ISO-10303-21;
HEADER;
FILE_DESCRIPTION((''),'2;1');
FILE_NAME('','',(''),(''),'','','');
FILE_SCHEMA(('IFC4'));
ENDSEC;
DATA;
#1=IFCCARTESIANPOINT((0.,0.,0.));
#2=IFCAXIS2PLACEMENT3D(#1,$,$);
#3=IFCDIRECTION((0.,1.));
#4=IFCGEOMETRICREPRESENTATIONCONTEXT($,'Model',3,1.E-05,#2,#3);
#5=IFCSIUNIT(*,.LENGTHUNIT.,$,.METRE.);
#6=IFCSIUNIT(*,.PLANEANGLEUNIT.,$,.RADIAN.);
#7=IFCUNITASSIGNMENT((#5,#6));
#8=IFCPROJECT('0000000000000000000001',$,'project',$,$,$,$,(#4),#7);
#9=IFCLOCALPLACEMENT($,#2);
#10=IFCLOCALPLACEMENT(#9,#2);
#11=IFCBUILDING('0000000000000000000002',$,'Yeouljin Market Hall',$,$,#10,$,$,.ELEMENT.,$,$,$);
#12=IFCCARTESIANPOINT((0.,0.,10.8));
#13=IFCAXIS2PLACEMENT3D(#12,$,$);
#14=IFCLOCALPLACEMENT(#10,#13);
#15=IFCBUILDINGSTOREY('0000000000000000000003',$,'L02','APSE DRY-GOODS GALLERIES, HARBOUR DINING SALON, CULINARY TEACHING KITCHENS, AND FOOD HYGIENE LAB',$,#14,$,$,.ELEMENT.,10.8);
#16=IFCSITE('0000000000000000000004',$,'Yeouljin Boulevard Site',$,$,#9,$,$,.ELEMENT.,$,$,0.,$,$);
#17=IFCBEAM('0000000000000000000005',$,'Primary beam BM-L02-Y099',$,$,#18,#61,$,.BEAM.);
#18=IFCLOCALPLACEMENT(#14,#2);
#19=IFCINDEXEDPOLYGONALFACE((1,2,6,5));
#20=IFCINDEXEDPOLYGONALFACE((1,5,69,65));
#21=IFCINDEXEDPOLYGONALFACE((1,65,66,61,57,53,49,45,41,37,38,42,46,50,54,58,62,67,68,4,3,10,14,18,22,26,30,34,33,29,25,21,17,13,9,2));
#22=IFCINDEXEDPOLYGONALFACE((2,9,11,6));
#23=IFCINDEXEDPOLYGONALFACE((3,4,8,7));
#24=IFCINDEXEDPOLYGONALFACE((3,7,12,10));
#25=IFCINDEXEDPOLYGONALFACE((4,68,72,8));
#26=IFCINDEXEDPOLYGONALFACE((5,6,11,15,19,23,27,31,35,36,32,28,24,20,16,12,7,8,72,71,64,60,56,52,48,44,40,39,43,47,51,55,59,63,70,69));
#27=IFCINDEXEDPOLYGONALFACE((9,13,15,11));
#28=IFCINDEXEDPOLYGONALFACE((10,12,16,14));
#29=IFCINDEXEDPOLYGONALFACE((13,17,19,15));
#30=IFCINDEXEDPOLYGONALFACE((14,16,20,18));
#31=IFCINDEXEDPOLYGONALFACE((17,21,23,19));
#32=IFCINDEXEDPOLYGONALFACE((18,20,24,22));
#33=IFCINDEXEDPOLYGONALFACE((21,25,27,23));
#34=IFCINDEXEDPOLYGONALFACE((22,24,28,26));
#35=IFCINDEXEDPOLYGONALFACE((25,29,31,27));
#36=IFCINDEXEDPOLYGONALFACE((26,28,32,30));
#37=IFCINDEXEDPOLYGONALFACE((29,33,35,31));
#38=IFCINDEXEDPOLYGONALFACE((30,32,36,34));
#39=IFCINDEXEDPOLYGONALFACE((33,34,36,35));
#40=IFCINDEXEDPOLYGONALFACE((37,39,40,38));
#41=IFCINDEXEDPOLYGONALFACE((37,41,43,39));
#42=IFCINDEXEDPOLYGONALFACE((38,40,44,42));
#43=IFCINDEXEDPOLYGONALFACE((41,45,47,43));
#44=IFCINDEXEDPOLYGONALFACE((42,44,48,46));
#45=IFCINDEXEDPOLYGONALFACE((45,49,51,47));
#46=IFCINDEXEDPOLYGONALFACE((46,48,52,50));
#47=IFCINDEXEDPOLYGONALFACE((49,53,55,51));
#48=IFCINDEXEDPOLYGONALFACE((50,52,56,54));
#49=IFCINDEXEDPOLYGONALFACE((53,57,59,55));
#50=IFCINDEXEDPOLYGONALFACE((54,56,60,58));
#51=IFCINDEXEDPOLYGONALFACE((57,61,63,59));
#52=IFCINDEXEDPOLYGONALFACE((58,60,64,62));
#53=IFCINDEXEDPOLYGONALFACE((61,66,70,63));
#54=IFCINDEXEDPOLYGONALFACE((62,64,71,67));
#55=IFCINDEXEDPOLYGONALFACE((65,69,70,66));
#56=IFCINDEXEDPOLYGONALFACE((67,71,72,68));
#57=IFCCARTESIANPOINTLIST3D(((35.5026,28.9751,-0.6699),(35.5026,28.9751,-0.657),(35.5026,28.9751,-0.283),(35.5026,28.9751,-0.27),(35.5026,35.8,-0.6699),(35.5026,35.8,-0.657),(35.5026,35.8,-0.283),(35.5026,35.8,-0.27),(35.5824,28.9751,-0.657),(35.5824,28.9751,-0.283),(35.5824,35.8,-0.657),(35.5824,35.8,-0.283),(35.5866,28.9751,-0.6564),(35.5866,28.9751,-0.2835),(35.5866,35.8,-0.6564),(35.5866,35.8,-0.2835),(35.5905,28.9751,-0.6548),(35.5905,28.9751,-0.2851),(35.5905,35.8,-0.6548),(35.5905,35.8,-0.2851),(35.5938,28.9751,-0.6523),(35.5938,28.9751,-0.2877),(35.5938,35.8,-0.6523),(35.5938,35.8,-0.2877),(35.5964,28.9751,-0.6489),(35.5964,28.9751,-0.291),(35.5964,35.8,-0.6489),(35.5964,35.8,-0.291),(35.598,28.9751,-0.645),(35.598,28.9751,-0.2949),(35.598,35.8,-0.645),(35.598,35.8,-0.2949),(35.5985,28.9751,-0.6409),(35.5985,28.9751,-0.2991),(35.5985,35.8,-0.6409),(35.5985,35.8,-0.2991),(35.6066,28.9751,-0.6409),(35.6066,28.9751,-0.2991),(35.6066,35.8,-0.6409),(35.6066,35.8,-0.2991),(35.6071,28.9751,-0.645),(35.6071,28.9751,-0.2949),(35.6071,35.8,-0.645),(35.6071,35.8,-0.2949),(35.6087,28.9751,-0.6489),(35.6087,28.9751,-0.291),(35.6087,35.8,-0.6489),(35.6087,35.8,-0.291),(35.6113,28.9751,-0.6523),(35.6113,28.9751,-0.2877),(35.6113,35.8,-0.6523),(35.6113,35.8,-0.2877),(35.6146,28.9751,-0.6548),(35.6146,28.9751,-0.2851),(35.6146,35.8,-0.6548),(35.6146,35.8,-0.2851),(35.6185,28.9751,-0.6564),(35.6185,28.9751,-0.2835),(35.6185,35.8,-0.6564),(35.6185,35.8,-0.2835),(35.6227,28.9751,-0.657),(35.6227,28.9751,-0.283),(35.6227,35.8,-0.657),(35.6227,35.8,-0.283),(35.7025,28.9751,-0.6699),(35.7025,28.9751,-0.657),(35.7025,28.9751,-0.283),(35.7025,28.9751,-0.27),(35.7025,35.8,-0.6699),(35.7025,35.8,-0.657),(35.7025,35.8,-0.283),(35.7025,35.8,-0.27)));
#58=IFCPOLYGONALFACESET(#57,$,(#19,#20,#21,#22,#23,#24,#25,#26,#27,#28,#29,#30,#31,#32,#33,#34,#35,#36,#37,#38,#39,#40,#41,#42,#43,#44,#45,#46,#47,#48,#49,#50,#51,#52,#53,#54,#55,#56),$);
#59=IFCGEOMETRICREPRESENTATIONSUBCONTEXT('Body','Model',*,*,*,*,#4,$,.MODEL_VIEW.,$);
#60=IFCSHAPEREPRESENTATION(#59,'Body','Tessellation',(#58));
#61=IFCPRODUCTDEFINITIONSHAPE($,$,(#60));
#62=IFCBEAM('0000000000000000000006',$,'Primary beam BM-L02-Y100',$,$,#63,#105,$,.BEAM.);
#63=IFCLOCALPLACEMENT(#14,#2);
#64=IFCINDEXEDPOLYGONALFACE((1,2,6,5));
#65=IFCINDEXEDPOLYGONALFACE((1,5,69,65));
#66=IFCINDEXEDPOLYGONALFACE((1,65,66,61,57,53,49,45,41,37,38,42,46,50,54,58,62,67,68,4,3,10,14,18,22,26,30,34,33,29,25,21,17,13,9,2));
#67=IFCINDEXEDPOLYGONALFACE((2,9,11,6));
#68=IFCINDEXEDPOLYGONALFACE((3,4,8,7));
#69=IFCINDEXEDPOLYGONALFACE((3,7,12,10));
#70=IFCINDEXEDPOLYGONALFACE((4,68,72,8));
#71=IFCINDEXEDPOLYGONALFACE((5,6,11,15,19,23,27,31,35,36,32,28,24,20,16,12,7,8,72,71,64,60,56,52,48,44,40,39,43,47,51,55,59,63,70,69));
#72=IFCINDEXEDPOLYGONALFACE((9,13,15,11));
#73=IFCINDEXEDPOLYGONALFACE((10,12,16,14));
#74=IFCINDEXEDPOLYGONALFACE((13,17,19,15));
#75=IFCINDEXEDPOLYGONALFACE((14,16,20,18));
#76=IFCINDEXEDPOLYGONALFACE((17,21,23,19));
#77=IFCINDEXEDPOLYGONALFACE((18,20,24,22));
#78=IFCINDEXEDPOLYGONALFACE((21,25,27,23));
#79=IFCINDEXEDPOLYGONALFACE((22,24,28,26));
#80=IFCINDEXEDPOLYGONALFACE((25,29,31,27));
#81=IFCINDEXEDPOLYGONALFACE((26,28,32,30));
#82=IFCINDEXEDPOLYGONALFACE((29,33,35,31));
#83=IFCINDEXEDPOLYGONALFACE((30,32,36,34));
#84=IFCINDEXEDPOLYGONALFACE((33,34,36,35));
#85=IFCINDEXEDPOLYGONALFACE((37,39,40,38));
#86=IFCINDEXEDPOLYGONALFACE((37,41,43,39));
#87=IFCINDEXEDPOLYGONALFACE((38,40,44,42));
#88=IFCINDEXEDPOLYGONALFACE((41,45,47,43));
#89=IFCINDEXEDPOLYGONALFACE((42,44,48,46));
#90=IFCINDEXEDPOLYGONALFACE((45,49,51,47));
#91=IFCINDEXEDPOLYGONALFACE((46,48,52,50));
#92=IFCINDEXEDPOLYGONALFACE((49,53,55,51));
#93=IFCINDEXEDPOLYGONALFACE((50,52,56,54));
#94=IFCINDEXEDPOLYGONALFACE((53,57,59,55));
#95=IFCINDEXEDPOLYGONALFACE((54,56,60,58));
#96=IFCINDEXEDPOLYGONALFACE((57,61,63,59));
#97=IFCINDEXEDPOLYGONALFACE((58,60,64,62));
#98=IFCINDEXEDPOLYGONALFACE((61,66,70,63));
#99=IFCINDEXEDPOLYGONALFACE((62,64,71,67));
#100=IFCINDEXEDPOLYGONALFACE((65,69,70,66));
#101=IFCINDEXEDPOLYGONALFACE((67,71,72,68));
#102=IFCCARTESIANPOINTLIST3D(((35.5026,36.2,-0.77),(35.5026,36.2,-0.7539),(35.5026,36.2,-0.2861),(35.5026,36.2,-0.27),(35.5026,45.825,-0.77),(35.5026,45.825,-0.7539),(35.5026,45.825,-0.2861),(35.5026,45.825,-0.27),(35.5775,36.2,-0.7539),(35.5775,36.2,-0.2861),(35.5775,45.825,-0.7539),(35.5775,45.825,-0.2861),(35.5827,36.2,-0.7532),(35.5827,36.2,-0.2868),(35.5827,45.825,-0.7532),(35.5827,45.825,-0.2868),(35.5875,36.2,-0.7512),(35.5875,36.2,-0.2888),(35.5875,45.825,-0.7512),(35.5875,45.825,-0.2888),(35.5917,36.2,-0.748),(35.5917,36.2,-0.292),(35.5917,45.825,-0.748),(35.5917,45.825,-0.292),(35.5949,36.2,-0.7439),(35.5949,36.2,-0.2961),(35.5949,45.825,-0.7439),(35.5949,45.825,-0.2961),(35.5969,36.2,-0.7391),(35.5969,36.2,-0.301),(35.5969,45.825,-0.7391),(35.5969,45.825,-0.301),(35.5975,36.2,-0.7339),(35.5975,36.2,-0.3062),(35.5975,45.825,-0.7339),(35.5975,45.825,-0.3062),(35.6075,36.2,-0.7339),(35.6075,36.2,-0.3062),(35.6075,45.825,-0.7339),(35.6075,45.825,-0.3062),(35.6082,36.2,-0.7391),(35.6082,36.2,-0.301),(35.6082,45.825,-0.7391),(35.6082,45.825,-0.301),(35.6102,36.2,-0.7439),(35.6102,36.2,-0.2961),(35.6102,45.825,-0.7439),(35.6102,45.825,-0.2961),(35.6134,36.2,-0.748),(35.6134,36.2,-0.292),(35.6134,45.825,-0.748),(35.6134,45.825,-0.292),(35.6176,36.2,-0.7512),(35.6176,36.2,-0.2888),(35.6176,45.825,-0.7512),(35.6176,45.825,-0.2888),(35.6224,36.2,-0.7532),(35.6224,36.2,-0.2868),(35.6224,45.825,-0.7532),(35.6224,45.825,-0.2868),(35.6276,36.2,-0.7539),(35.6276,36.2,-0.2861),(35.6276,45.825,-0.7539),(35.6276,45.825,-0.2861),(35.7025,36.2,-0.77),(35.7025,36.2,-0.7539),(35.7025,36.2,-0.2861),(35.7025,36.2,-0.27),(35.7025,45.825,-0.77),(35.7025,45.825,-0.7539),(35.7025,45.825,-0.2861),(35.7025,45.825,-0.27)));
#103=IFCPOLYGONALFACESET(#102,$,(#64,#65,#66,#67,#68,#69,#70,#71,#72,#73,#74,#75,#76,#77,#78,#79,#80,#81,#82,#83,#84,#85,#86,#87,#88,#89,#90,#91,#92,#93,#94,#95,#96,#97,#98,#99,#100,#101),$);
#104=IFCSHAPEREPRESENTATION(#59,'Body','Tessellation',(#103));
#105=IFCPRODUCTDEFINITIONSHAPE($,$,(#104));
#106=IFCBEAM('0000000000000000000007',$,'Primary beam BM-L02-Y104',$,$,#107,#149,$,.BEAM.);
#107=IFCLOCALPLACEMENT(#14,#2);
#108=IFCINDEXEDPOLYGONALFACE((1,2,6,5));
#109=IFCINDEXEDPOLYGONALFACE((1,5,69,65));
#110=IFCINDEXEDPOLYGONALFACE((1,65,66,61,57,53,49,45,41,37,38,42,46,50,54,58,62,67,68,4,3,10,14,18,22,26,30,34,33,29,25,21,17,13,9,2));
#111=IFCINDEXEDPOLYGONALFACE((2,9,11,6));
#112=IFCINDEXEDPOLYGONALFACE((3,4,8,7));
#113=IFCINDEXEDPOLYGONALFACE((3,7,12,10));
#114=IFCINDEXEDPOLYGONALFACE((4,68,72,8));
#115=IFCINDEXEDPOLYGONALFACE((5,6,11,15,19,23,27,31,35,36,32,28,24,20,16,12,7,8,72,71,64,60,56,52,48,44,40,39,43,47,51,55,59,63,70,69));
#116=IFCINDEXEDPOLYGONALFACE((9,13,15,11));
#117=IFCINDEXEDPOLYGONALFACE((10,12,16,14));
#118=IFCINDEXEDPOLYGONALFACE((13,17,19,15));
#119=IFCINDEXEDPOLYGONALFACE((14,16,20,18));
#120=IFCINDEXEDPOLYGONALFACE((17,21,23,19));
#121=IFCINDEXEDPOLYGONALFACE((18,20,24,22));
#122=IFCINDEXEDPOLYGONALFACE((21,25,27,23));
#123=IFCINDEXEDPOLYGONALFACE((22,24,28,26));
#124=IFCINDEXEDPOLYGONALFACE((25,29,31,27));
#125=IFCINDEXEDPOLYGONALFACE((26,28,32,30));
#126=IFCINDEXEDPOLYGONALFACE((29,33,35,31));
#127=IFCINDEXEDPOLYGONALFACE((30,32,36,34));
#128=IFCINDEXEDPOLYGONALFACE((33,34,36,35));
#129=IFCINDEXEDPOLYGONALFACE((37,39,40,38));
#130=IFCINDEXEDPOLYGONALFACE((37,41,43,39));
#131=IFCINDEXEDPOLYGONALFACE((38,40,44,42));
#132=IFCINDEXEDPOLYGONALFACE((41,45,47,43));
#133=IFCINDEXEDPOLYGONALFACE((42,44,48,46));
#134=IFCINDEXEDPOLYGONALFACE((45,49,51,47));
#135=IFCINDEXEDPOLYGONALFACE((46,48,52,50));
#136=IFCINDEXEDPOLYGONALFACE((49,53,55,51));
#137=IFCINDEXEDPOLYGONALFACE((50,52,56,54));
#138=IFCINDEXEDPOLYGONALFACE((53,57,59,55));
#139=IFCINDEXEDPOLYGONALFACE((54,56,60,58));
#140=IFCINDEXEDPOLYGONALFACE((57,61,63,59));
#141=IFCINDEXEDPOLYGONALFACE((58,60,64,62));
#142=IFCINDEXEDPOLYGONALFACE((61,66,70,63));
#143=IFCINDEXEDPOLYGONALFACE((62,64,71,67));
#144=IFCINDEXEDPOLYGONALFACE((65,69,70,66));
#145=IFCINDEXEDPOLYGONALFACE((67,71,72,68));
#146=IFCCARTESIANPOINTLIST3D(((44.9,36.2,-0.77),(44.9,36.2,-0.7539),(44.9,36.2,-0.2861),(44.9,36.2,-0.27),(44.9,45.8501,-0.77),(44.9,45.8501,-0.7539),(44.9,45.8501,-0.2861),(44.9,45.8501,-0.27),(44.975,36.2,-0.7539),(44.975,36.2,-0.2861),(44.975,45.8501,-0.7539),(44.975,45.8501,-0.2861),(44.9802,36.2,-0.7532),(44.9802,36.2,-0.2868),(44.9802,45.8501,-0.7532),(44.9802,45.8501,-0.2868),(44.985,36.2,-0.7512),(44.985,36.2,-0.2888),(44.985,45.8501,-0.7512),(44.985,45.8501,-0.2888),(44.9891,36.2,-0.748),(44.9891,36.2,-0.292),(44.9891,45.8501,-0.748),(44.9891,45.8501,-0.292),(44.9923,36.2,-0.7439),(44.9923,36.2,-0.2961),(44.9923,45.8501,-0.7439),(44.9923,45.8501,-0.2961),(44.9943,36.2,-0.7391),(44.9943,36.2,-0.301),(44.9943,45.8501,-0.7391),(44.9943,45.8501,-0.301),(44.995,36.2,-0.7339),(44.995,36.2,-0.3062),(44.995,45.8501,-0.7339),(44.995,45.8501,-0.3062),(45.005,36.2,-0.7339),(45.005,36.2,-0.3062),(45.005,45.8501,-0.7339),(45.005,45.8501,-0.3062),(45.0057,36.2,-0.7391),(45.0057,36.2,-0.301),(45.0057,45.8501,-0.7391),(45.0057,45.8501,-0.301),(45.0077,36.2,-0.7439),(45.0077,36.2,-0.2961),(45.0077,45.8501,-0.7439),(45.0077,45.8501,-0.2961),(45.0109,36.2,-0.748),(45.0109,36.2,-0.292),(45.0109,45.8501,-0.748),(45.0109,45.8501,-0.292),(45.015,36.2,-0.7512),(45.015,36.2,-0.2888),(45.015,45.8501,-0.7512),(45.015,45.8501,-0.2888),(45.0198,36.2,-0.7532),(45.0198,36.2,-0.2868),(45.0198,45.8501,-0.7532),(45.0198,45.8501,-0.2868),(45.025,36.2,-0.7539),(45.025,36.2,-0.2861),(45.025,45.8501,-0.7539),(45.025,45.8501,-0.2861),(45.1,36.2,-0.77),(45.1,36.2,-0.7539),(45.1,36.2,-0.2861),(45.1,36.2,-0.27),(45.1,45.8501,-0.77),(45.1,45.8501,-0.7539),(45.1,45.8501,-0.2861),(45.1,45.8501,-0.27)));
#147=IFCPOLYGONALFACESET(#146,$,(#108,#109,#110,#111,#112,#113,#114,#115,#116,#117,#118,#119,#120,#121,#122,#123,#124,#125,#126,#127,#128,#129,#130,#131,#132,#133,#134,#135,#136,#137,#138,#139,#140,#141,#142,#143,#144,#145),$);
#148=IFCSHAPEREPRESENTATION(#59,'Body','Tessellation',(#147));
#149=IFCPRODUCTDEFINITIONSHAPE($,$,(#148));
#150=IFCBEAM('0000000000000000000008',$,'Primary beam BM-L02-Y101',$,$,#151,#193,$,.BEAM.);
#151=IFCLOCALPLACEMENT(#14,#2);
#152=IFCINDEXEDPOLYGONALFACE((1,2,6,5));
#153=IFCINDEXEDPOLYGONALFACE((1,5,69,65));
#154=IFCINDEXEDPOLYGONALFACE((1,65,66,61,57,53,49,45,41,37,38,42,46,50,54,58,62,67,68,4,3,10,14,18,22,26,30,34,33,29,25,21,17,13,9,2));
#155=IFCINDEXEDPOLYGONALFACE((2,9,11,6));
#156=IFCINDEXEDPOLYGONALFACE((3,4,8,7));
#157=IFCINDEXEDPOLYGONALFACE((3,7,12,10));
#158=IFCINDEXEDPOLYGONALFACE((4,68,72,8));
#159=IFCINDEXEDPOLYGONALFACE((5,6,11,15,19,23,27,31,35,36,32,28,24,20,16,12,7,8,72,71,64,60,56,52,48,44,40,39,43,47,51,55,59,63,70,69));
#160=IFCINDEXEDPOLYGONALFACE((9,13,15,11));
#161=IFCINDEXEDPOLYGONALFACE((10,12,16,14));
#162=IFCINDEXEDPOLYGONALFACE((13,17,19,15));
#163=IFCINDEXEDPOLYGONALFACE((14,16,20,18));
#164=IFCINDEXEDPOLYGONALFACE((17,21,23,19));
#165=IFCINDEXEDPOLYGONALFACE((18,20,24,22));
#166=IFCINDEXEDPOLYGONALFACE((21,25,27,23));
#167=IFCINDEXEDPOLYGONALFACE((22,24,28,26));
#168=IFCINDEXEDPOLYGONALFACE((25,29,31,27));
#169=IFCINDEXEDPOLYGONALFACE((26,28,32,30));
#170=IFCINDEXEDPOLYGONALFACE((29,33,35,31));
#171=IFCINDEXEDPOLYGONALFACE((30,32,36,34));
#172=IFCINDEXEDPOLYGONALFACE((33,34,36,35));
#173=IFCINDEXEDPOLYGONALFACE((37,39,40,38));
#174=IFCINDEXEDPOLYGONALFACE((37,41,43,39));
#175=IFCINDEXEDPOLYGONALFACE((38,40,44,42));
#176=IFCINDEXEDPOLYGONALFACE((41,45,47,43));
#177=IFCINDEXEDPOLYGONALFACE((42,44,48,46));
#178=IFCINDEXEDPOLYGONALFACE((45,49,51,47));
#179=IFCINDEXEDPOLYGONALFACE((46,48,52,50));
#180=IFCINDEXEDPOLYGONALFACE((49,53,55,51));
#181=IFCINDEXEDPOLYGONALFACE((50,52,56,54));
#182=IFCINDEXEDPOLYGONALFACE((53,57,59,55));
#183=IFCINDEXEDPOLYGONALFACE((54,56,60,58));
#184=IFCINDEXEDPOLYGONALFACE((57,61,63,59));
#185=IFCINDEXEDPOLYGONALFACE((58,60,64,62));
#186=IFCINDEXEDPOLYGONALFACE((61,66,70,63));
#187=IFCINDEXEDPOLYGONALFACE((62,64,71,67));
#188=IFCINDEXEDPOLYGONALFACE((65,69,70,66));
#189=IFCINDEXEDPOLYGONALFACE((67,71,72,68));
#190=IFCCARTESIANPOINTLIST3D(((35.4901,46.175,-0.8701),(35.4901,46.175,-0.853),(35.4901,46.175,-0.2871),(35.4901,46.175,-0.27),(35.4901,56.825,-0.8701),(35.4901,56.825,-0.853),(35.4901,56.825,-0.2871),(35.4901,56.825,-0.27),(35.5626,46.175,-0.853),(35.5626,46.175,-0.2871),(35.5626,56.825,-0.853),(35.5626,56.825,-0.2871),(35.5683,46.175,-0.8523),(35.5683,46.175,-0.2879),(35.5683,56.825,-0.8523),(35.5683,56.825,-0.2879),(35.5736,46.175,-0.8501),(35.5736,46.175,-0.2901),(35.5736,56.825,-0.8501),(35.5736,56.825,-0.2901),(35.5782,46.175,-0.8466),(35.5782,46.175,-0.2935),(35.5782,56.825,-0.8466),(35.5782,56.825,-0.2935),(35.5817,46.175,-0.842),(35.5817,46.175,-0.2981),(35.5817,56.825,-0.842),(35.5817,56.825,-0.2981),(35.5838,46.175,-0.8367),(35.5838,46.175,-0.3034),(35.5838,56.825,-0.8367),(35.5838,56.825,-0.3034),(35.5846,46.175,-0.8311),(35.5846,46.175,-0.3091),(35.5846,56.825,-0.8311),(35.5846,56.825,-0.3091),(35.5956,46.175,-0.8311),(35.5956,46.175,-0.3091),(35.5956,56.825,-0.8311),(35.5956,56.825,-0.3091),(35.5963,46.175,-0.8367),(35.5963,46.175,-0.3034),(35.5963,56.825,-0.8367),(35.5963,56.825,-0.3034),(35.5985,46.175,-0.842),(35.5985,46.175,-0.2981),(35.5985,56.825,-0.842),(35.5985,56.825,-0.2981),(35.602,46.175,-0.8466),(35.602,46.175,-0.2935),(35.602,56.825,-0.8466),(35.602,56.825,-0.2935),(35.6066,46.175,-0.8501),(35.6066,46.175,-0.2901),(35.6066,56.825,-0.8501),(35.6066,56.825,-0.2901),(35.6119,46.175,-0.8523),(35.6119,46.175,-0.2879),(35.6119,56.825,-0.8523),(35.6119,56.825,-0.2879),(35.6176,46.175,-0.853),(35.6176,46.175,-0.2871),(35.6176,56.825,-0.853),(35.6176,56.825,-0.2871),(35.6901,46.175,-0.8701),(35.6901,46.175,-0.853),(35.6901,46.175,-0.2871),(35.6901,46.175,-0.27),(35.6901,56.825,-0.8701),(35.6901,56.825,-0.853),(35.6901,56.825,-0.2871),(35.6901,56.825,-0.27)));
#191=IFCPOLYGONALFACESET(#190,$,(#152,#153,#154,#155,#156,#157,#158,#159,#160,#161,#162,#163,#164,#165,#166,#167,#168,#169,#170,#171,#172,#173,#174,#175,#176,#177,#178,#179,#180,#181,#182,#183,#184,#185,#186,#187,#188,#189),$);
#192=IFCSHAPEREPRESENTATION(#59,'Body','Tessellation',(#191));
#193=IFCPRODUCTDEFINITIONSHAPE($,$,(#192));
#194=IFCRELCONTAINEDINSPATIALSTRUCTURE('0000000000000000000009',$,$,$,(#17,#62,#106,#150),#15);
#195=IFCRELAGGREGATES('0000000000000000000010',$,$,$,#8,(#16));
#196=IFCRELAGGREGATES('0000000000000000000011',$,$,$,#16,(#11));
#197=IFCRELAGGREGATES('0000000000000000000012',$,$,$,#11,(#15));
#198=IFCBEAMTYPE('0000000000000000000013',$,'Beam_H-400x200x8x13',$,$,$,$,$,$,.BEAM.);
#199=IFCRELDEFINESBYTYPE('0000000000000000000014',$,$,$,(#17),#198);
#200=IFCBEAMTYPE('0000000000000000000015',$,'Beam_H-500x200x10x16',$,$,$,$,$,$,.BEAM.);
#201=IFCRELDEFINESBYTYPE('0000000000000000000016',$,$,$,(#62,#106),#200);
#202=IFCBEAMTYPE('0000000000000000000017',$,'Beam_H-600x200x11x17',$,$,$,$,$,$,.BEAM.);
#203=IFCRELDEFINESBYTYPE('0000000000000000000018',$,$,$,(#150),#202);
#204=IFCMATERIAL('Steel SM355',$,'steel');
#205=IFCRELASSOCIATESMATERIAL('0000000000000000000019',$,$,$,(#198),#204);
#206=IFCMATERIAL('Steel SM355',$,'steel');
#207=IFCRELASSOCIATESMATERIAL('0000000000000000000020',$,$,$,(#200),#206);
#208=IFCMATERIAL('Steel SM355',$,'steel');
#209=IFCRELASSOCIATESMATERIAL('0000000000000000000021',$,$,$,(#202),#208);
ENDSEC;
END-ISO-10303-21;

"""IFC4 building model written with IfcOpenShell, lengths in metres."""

from ifc_helpers import new_model, si_unit, direction, frame, origin, origin_2d, place, context, subcontext, project, spatial, i_section, extrude, material, material_profile, profile_set, type_object, element, save


model = new_model("IFC4")

# Units and contexts
model_context = context("Model", 3, precision=1e-05, world=origin(), true_north=direction((0.0, 1.0)))
body_context = subcontext(model_context, "Body", "Model", "MODEL_VIEW")
ifc_project = project(units=[si_unit("LENGTHUNIT", "METRE"), si_unit("PLANEANGLEUNIT", "RADIAN")], contexts=[model_context])

# Site, building, storey
site_placement = place(None, origin())
site = spatial("IfcSite", under=ifc_project, at=site_placement, Name="Yeouljin Boulevard Site", CompositionType="ELEMENT", RefElevation=0.0)
building_placement = place(site_placement, origin())
building = spatial("IfcBuilding", under=site, at=building_placement, Name="Yeouljin Market Hall", CompositionType="ELEMENT")
storey_placement = place(building_placement, frame((0.0, 0.0, 10.8)))
storey = spatial("IfcBuildingStorey", under=building, at=storey_placement, Name="L02", Description="APSE DRY-GOODS GALLERIES, HARBOUR DINING SALON, CULINARY TEACHING KITCHENS, AND FOOD HYGIENE LAB", CompositionType="ELEMENT", Elevation=10.8)

# Beams
ifc_material_1 = material(Name="Steel SM355", Category="steel")
ifc_material_profile_1 = material_profile(ifc_material_1, i_section(OverallWidth=0.2, OverallDepth=0.3999, WebThickness=0.0081, FlangeThickness=0.0129, FilletRadius=0.0161, at=origin_2d()), Name="H-400x200x8x13")
ifc_profile_set_1 = profile_set([ifc_material_profile_1], Name="Steel SM355")
beam_type_1 = type_object("IfcBeamType", Name="Beam_H-400x200x8x13", PredefinedType="BEAM", material=ifc_profile_set_1)
beam_1_placement = place(storey_placement, frame((35.6025, 28.9751, -0.47), z_axis=(0.0, 1.0, 0.0), x_axis=(-1.0, 0.0, 0.0)))
element("IfcBeam", 1, at=beam_1_placement, inside=storey, type_object=beam_type_1, Name="Primary beam BM-L02-Y099", PredefinedType="BEAM", context=body_context, shape_type="SweptSolid", body=[
    extrude(i_section(OverallWidth=0.2, OverallDepth=0.3999, WebThickness=0.0081, FlangeThickness=0.0129, FilletRadius=0.0161, at=origin_2d()), origin(), (0.0, 0.0, 1.0), 6.825),
])
ifc_material_2 = material(Name="Steel SM355", Category="steel")
ifc_material_profile_2 = material_profile(ifc_material_2, i_section(OverallWidth=0.2, OverallDepth=0.5, WebThickness=0.01, FlangeThickness=0.0161, FilletRadius=0.02, at=origin_2d()), Name="H-500x200x10x16")
ifc_profile_set_2 = profile_set([ifc_material_profile_2], Name="Steel SM355")
beam_type_2 = type_object("IfcBeamType", Name="Beam_H-500x200x10x16", PredefinedType="BEAM", material=ifc_profile_set_2)
beam_2_placement = place(storey_placement, frame((35.6025, 36.2, -0.52), z_axis=(0.0, 1.0, 0.0), x_axis=(-1.0, 0.0, 0.0)))
element("IfcBeam", 2, at=beam_2_placement, inside=storey, type_object=beam_type_2, Name="Primary beam BM-L02-Y100", PredefinedType="BEAM", context=body_context, shape_type="SweptSolid", body=[
    extrude(i_section(OverallWidth=0.2, OverallDepth=0.5, WebThickness=0.01, FlangeThickness=0.0161, FilletRadius=0.02, at=origin_2d()), origin(), (0.0, 0.0, 1.0), 9.625),
])
beam_3_placement = place(storey_placement, frame((45.0, 36.2, -0.52), z_axis=(0.0, 1.0, 0.0), x_axis=(-1.0, 0.0, 0.0)))
element("IfcBeam", 3, at=beam_3_placement, inside=storey, type_object=beam_type_2, Name="Primary beam BM-L02-Y104", PredefinedType="BEAM", context=body_context, shape_type="SweptSolid", body=[
    extrude(i_section(OverallWidth=0.2, OverallDepth=0.5, WebThickness=0.01, FlangeThickness=0.0161, FilletRadius=0.02, at=origin_2d()), origin(), (0.0, 0.0, 1.0), 9.6501),
])
ifc_material_3 = material(Name="Steel SM355", Category="steel")
ifc_material_profile_3 = material_profile(ifc_material_3, i_section(OverallWidth=0.2, OverallDepth=0.6001, WebThickness=0.011, FlangeThickness=0.0171, FilletRadius=0.022, at=origin_2d()), Name="H-600x200x11x17")
ifc_profile_set_3 = profile_set([ifc_material_profile_3], Name="Steel SM355")
beam_type_3 = type_object("IfcBeamType", Name="Beam_H-600x200x11x17", PredefinedType="BEAM", material=ifc_profile_set_3)
beam_4_placement = place(storey_placement, frame((35.5901, 46.175, -0.5701), z_axis=(0.0, 1.0, 0.0), x_axis=(-1.0, 0.0, 0.0)))
element("IfcBeam", 4, at=beam_4_placement, inside=storey, type_object=beam_type_3, Name="Primary beam BM-L02-Y101", PredefinedType="BEAM", context=body_context, shape_type="SweptSolid", body=[
    extrude(i_section(OverallWidth=0.2, OverallDepth=0.6001, WebThickness=0.011, FlangeThickness=0.0171, FilletRadius=0.022, at=origin_2d()), origin(), (0.0, 0.0, 1.0), 10.6499),
])

save(model, "model.ifc")
